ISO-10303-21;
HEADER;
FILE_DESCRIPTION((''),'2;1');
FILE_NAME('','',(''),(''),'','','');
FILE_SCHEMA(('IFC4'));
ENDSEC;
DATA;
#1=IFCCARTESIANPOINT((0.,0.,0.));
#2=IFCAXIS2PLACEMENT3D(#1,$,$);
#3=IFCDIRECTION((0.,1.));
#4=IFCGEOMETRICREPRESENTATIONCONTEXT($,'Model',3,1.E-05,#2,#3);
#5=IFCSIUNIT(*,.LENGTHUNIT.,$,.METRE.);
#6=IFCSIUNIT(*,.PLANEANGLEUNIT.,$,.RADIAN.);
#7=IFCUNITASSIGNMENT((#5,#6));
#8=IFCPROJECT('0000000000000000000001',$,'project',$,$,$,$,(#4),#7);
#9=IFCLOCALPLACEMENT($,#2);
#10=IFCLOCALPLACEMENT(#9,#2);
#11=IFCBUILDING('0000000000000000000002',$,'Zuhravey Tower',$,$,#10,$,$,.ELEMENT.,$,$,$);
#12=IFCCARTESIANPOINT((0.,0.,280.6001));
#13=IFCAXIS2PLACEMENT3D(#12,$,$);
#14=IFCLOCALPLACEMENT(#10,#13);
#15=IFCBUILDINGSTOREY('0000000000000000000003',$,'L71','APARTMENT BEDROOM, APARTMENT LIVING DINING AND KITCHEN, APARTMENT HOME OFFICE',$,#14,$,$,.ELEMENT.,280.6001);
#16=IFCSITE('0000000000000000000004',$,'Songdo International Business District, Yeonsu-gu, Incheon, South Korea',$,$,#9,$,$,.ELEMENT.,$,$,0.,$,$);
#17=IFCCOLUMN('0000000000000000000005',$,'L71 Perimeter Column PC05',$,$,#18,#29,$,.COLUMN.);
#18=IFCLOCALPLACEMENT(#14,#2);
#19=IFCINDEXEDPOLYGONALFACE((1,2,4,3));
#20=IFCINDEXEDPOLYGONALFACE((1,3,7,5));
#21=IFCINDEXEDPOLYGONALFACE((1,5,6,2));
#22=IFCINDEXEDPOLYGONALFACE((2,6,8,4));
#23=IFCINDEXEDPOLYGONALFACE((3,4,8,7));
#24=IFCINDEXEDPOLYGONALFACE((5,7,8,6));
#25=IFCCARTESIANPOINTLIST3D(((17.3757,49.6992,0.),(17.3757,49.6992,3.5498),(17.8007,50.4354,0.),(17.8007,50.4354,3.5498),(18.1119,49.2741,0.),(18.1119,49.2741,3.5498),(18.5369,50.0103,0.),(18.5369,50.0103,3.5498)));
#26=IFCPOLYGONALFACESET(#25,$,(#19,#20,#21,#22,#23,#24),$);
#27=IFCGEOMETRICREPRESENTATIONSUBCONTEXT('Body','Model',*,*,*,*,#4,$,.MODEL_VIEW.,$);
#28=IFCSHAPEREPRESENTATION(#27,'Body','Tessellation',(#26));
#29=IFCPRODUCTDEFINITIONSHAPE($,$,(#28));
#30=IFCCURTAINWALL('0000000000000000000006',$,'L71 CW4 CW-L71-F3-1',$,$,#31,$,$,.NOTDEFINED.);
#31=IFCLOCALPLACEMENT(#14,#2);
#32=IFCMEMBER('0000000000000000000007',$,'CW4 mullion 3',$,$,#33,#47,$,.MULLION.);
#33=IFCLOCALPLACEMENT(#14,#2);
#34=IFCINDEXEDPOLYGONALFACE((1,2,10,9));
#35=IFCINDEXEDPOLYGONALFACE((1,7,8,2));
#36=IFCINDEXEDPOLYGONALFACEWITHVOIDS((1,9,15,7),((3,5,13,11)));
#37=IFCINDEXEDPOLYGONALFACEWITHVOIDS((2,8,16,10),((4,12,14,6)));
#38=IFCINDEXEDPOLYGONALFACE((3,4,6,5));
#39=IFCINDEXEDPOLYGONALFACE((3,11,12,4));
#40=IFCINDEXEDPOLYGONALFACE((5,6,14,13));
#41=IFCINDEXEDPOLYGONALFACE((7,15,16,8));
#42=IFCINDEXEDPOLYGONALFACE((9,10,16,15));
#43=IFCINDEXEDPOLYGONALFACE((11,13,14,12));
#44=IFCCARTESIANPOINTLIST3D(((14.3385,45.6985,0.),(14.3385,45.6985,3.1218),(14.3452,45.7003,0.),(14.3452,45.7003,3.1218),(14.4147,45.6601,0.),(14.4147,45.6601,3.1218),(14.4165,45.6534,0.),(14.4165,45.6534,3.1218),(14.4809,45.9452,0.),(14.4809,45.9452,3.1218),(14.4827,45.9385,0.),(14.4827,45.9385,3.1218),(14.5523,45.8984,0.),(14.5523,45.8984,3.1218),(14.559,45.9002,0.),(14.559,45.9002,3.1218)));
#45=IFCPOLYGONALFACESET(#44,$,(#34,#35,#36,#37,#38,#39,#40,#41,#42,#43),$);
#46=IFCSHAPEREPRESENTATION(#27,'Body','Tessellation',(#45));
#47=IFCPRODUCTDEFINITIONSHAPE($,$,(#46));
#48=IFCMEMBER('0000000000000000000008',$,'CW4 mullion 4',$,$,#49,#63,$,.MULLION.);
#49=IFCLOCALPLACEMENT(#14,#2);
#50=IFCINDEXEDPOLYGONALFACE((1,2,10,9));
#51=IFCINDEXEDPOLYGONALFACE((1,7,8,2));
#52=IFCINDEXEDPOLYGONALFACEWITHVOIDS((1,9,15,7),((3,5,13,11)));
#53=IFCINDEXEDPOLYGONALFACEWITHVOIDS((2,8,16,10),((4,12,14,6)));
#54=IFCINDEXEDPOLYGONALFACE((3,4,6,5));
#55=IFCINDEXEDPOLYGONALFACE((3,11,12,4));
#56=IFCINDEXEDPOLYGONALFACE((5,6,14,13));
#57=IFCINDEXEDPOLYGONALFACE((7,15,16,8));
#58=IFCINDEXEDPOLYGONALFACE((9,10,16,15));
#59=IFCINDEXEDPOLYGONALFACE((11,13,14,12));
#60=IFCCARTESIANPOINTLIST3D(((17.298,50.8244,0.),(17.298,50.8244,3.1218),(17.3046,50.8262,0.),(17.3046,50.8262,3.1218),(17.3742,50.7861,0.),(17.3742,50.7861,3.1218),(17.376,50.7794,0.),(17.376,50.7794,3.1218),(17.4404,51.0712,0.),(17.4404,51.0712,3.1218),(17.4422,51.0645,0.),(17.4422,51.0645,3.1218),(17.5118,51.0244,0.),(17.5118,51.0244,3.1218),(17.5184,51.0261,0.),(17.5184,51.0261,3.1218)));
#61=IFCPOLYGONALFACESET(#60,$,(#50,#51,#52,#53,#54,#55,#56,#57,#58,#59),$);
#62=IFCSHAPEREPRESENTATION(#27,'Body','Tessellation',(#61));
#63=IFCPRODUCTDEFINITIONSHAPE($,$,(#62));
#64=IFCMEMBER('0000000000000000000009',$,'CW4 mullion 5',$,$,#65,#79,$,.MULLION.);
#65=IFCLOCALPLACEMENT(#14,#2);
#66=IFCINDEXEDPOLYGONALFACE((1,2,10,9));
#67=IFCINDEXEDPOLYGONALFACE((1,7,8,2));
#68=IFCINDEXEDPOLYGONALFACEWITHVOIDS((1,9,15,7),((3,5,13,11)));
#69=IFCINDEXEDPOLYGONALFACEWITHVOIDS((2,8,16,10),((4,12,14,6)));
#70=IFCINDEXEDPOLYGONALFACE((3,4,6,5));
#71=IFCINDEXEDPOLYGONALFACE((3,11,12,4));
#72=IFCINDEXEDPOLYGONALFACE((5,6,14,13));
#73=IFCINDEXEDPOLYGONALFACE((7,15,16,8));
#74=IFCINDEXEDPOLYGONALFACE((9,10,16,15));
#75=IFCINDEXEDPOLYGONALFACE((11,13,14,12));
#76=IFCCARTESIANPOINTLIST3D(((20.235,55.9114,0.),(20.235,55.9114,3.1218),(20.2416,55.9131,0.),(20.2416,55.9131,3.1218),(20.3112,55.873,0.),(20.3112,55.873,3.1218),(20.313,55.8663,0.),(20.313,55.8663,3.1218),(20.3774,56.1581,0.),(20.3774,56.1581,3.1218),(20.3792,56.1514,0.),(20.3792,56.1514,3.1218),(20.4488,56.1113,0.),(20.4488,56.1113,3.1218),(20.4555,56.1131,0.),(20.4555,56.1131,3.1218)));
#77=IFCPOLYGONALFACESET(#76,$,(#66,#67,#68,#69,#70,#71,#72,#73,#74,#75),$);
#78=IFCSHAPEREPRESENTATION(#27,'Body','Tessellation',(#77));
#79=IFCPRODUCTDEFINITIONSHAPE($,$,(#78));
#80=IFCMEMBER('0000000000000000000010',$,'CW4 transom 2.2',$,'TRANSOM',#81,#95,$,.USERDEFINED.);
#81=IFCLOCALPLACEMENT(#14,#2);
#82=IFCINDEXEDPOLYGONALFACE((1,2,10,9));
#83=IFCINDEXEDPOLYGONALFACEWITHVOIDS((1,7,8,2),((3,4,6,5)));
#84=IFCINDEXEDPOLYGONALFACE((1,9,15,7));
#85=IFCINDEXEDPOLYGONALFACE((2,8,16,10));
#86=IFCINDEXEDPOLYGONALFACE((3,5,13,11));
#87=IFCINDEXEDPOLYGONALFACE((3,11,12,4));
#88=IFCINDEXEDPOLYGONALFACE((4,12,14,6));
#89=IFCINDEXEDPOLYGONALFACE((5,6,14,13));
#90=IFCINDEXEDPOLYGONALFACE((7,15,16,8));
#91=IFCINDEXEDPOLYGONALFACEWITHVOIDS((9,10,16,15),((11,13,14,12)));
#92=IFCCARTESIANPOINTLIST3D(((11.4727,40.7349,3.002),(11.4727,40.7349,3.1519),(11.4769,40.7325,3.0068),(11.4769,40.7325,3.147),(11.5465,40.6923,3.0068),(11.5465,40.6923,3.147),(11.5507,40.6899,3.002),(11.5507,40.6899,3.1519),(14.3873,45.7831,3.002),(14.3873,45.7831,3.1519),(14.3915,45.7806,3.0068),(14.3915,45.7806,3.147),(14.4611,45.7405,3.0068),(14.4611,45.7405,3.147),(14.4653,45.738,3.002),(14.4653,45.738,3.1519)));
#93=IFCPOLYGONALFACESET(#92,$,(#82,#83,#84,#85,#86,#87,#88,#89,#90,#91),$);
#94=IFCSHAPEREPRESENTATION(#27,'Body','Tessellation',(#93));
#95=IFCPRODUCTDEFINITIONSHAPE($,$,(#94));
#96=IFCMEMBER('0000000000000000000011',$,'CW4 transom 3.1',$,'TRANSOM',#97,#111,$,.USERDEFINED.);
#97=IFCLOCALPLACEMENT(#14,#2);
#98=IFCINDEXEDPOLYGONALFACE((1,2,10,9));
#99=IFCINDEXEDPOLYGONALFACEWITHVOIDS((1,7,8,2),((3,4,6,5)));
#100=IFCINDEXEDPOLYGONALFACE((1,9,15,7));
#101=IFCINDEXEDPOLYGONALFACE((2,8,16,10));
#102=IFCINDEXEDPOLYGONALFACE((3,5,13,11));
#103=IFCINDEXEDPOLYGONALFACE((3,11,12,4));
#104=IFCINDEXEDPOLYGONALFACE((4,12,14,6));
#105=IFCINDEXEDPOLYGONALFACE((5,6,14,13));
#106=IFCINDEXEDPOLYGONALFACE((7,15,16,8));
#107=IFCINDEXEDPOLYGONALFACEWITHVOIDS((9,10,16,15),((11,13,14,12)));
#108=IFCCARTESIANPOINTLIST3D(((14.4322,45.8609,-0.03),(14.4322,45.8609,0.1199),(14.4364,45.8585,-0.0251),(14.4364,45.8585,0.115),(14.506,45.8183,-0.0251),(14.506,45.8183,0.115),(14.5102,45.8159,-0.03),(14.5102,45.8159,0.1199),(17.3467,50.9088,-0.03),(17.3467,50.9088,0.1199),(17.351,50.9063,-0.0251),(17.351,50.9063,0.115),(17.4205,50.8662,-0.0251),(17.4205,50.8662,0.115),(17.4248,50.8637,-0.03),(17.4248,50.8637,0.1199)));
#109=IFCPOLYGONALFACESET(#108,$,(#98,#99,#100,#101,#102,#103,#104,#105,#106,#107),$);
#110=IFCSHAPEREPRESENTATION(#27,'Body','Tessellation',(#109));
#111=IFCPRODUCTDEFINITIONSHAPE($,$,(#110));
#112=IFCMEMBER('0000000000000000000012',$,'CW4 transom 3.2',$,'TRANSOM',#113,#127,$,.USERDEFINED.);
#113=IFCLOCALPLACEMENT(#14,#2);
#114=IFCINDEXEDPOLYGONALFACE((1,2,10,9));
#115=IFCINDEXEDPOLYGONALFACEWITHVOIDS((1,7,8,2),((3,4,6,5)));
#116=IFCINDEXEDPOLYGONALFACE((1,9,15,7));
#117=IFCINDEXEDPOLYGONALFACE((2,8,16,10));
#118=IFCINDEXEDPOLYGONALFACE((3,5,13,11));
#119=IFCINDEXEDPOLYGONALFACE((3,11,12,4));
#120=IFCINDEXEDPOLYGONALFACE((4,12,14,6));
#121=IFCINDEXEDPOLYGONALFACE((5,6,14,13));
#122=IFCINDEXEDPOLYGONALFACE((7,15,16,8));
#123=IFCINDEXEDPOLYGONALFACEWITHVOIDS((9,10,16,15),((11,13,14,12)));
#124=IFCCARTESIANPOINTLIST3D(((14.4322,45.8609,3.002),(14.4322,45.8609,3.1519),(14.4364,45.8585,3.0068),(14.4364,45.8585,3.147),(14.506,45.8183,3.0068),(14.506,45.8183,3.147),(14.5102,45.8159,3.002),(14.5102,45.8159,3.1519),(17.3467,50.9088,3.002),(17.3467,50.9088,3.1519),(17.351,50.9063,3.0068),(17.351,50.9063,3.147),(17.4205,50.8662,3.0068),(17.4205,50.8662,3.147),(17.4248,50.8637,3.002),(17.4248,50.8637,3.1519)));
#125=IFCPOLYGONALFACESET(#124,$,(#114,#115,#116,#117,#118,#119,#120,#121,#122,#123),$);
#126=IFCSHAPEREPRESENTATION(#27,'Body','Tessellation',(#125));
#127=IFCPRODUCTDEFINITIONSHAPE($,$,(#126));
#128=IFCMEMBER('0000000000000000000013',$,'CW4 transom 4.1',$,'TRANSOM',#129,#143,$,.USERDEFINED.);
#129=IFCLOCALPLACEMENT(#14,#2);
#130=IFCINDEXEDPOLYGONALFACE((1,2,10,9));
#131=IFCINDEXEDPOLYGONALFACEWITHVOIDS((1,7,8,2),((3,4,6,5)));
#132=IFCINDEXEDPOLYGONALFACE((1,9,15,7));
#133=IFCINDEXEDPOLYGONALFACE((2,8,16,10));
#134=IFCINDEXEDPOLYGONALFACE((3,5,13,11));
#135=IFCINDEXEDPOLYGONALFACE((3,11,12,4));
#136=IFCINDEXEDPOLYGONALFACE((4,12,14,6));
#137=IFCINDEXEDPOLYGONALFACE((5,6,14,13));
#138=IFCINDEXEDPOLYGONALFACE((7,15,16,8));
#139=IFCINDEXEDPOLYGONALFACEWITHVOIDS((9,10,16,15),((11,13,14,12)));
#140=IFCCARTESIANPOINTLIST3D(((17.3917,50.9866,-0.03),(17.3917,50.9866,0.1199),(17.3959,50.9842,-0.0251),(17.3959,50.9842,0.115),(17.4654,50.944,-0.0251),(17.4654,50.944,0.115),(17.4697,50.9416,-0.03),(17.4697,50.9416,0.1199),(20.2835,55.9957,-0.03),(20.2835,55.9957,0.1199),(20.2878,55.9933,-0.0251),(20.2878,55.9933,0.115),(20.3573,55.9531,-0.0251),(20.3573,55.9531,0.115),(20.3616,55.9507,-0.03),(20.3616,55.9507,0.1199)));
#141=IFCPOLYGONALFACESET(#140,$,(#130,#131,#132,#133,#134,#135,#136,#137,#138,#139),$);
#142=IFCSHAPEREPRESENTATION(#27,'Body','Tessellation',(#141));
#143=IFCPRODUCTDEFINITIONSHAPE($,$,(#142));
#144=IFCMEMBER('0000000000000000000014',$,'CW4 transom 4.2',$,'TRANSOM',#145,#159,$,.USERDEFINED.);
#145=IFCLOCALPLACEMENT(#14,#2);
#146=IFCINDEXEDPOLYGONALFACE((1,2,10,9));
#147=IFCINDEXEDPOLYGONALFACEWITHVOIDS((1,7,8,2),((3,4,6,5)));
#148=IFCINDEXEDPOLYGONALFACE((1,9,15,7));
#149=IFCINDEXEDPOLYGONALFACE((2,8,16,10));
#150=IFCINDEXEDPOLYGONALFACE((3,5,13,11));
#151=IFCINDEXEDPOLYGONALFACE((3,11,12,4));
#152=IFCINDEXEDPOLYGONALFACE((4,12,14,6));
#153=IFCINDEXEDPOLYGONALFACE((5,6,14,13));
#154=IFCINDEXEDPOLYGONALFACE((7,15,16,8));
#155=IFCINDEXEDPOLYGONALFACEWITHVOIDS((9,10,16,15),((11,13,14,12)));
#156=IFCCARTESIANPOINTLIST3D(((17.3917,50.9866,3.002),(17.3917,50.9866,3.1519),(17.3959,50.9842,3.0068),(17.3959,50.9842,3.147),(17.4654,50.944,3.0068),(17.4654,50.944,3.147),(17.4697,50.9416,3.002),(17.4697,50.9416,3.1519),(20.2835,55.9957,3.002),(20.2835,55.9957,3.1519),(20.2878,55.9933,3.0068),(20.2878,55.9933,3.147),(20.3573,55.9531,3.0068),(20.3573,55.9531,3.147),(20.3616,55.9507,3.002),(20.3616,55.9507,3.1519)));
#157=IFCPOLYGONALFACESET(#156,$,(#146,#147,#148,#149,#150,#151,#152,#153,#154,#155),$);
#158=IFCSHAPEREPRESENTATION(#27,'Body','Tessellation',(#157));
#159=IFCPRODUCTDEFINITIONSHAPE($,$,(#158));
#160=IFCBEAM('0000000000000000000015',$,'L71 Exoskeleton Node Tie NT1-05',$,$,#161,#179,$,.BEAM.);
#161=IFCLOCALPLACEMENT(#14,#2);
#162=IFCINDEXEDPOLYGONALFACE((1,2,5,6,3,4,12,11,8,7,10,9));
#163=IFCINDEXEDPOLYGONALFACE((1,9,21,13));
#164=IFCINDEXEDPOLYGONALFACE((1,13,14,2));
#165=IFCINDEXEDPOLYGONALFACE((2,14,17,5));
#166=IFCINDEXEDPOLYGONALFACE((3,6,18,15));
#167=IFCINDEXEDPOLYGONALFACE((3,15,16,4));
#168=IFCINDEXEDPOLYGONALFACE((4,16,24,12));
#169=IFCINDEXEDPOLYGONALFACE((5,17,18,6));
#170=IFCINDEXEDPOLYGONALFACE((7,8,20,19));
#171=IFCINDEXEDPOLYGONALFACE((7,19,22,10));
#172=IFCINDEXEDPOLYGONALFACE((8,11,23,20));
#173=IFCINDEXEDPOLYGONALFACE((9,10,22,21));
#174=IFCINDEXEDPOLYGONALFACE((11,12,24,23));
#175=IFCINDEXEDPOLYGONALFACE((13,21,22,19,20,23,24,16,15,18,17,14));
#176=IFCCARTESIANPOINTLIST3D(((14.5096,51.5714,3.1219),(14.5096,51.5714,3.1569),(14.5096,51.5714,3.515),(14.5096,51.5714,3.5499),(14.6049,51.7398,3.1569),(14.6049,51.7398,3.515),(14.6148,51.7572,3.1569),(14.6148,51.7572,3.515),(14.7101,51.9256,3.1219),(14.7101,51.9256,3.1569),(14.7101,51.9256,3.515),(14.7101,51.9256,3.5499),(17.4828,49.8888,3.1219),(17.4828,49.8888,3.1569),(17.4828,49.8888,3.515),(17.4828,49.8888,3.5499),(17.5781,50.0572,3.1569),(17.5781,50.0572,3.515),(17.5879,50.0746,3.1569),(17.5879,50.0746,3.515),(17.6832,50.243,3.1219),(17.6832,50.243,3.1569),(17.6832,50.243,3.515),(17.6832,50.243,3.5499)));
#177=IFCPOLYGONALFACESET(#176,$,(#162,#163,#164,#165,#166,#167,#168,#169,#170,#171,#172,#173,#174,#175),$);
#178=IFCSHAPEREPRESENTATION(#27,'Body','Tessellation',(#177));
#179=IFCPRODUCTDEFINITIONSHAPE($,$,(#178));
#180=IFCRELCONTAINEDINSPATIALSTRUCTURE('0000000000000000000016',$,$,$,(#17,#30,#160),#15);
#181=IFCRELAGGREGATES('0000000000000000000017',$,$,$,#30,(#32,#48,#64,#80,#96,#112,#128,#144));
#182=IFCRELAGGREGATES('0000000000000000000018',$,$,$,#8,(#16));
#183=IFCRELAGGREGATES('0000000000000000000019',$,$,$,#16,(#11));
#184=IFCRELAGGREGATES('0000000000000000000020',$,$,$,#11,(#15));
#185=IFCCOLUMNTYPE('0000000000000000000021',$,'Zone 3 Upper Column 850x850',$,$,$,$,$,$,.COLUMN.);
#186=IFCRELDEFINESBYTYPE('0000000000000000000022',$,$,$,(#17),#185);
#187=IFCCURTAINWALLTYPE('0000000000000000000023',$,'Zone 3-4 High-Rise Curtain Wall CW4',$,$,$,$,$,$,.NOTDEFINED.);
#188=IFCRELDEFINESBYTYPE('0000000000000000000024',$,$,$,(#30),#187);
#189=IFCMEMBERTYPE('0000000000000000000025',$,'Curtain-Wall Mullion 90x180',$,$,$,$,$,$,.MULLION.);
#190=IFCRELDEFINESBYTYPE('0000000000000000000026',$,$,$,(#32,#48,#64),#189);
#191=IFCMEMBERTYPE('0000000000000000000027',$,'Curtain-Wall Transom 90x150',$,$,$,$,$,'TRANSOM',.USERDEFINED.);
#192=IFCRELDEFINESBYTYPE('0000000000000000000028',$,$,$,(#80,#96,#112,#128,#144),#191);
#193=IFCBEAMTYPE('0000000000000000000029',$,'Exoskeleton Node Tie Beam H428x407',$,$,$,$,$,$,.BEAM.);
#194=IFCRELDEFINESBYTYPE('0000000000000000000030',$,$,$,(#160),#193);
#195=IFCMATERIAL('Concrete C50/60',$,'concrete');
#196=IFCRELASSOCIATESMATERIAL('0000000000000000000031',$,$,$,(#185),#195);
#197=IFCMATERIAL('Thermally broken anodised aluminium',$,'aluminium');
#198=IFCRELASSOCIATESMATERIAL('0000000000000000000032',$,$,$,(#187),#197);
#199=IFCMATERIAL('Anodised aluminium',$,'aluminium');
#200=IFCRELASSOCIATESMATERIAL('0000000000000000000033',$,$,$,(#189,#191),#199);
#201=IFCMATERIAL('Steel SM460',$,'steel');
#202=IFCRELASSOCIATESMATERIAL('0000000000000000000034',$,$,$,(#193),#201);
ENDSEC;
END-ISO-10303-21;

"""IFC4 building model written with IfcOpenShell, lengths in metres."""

from ifc_helpers import new_model, si_unit, direction, frame, origin, origin_2d, place, context, subcontext, project, spatial, rectangle, hollow_rectangle, i_section, extrude, material, material_profile, profile_set, type_object, element, aggregate, save


model = new_model("IFC4")

# Units and contexts
model_context = context("Model", 3, precision=1e-05, world=origin(), true_north=direction((0.0, 1.0)))
body_context = subcontext(model_context, "Body", "Model", "MODEL_VIEW")
ifc_project = project(units=[si_unit("LENGTHUNIT", "METRE"), si_unit("PLANEANGLEUNIT", "RADIAN")], contexts=[model_context])

# Site, building, storey
site_placement = place(None, origin())
site = spatial("IfcSite", under=ifc_project, at=site_placement, Name="Songdo International Business District, Yeonsu-gu, Incheon, South Korea", CompositionType="ELEMENT", RefElevation=0.0)
building_placement = place(site_placement, origin())
building = spatial("IfcBuilding", under=site, at=building_placement, Name="Zuhravey Tower", CompositionType="ELEMENT")
storey_placement = place(building_placement, frame((0.0, 0.0, 280.6001)))
storey = spatial("IfcBuildingStorey", under=building, at=storey_placement, Name="L71", Description="APARTMENT BEDROOM, APARTMENT LIVING DINING AND KITCHEN, APARTMENT HOME OFFICE", CompositionType="ELEMENT", Elevation=280.6001)

# Column
ifc_material_1 = material(Name="Concrete C50/60", Category="concrete")
ifc_material_profile_1 = material_profile(ifc_material_1, rectangle(XDim=0.8501, YDim=0.8501, at=origin_2d()), Name="RC-850x850")
ifc_profile_set_1 = profile_set([ifc_material_profile_1], Name="Concrete C50/60")
column_type = type_object("IfcColumnType", Name="Zone 3 Upper Column 850x850", PredefinedType="COLUMN", material=ifc_profile_set_1)
column_placement = place(storey_placement, frame((17.9563, 49.8547, 0.0), z_axis=(0.0, 0.0, 1.0), x_axis=(-0.5, -0.866025, 0.0)))
element("IfcColumn", 1, at=column_placement, inside=storey, type_object=column_type, Name="L71 Perimeter Column PC05", PredefinedType="COLUMN", context=body_context, shape_type="SweptSolid", body=[
    extrude(rectangle(XDim=0.8501, YDim=0.8501, at=origin_2d()), origin(), (0.0, 0.0, 1.0), 3.5498),
])

# Curtain wall, members
ifc_material_2 = material(Name="Thermally broken anodised aluminium", Category="aluminium")
curtain_wall_type = type_object("IfcCurtainWallType", Name="Zone 3-4 High-Rise Curtain Wall CW4", PredefinedType="NOTDEFINED", material=ifc_material_2)
curtain_wall_placement = place(storey_placement, origin())
curtain_wall = element("IfcCurtainWall", 2, at=curtain_wall_placement, inside=storey, type_object=curtain_wall_type, Name="L71 CW4 CW-L71-F3-1", PredefinedType="NOTDEFINED")
ifc_material_3 = material(Name="Anodised aluminium", Category="aluminium")
ifc_material_profile_2 = material_profile(ifc_material_3, hollow_rectangle(XDim=0.0901, YDim=0.2849, WallThickness=0.0049, at=origin_2d()), Name="ALU-RHS-90x285x5")
ifc_profile_set_2 = profile_set([ifc_material_profile_2], Name="Anodised aluminium")
member_type_1 = type_object("IfcMemberType", Name="Curtain-Wall Mullion 90x180", PredefinedType="MULLION", material=ifc_profile_set_2)
member_1_placement = place(storey_placement, frame((14.4487, 45.7993, 0.0), z_axis=(0.0, 0.0, 1.0), x_axis=(-0.866024, 0.500002, 0.0)))
member_1 = element("IfcMember", 3, at=member_1_placement, type_object=member_type_1, Name="CW4 mullion 3", PredefinedType="MULLION", context=body_context, shape_type="SweptSolid", body=[
    extrude(hollow_rectangle(XDim=0.0901, YDim=0.2849, WallThickness=0.0049, at=origin_2d()), origin(), (0.0, 0.0, 1.0), 3.1218),
])
member_2_placement = place(storey_placement, frame((17.4082, 50.9253, 0.0), z_axis=(0.0, 0.0, 1.0), x_axis=(-0.866024, 0.500002, 0.0)))
member_2 = element("IfcMember", 4, at=member_2_placement, type_object=member_type_1, Name="CW4 mullion 4", PredefinedType="MULLION", context=body_context, shape_type="SweptSolid", body=[
    extrude(hollow_rectangle(XDim=0.0901, YDim=0.2849, WallThickness=0.0049, at=origin_2d()), origin(), (0.0, 0.0, 1.0), 3.1218),
])
member_3_placement = place(storey_placement, frame((20.3452, 56.0122, 0.0), z_axis=(0.0, 0.0, 1.0), x_axis=(-0.866024, 0.500002, 0.0)))
member_3 = element("IfcMember", 5, at=member_3_placement, type_object=member_type_1, Name="CW4 mullion 5", PredefinedType="MULLION", context=body_context, shape_type="SweptSolid", body=[
    extrude(hollow_rectangle(XDim=0.0901, YDim=0.2849, WallThickness=0.0049, at=origin_2d()), origin(), (0.0, 0.0, 1.0), 3.1218),
])
ifc_material_profile_3 = material_profile(ifc_material_3, hollow_rectangle(XDim=0.0901, YDim=0.1499, WallThickness=0.0049, at=origin_2d()), Name="ALU-RHS-90x150x5")
ifc_profile_set_3 = profile_set([ifc_material_profile_3], Name="Anodised aluminium")
member_type_2 = type_object("IfcMemberType", Name="Curtain-Wall Transom 90x150", ElementType="TRANSOM", PredefinedType="USERDEFINED", material=ifc_profile_set_3)
member_4_placement = place(storey_placement, frame((11.5117, 40.7124, 3.0769), z_axis=(0.500004, 0.866023, 0.0), x_axis=(-0.866023, 0.500004, 0.0)))
member_4 = element("IfcMember", 6, at=member_4_placement, type_object=member_type_2, Name="CW4 transom 2.2", ObjectType="TRANSOM", PredefinedType="USERDEFINED", context=body_context, shape_type="SweptSolid", body=[
    extrude(hollow_rectangle(XDim=0.0901, YDim=0.1499, WallThickness=0.0049, at=origin_2d()), origin(), (0.0, 0.0, 1.0), 5.8291),
])
member_5_placement = place(storey_placement, frame((14.4712, 45.8384, 0.0449), z_axis=(0.500022, 0.866013, 0.0), x_axis=(-0.866013, 0.500022, 0.0)))
member_5 = element("IfcMember", 7, at=member_5_placement, type_object=member_type_2, Name="CW4 transom 3.1", ObjectType="TRANSOM", PredefinedType="USERDEFINED", context=body_context, shape_type="SweptSolid", body=[
    extrude(hollow_rectangle(XDim=0.0901, YDim=0.1499, WallThickness=0.0049, at=origin_2d()), origin(), (0.0, 0.0, 1.0), 5.8289),
])
member_6_placement = place(storey_placement, frame((14.4712, 45.8384, 3.0769), z_axis=(0.500022, 0.866013, 0.0), x_axis=(-0.866013, 0.500022, 0.0)))
member_6 = element("IfcMember", 8, at=member_6_placement, type_object=member_type_2, Name="CW4 transom 3.2", ObjectType="TRANSOM", PredefinedType="USERDEFINED", context=body_context, shape_type="SweptSolid", body=[
    extrude(hollow_rectangle(XDim=0.0901, YDim=0.1499, WallThickness=0.0049, at=origin_2d()), origin(), (0.0, 0.0, 1.0), 5.8289),
])
member_7_placement = place(storey_placement, frame((17.4307, 50.9641, 0.0449), z_axis=(0.499984, 0.866034, 0.0), x_axis=(-0.866034, 0.499984, 0.0)))
member_7 = element("IfcMember", 9, at=member_7_placement, type_object=member_type_2, Name="CW4 transom 4.1", ObjectType="TRANSOM", PredefinedType="USERDEFINED", context=body_context, shape_type="SweptSolid", body=[
    extrude(hollow_rectangle(XDim=0.0901, YDim=0.1499, WallThickness=0.0049, at=origin_2d()), origin(), (0.0, 0.0, 1.0), 5.7839),
])
member_8_placement = place(storey_placement, frame((17.4307, 50.9641, 3.0769), z_axis=(0.499984, 0.866034, 0.0), x_axis=(-0.866034, 0.499984, 0.0)))
member_8 = element("IfcMember", 10, at=member_8_placement, type_object=member_type_2, Name="CW4 transom 4.2", ObjectType="TRANSOM", PredefinedType="USERDEFINED", context=body_context, shape_type="SweptSolid", body=[
    extrude(hollow_rectangle(XDim=0.0901, YDim=0.1499, WallThickness=0.0049, at=origin_2d()), origin(), (0.0, 0.0, 1.0), 5.7839),
])

# Beam
ifc_material_4 = material(Name="Steel SM460", Category="steel")
ifc_material_profile_4 = material_profile(ifc_material_4, i_section(OverallWidth=0.407, OverallDepth=0.428, WebThickness=0.02, FlangeThickness=0.0349, at=origin_2d()), Name="H-428x407x20x35")
ifc_profile_set_4 = profile_set([ifc_material_profile_4], Name="Steel SM460")
beam_type_1 = type_object("IfcBeamType", Name="Exoskeleton Node Tie Beam H428x407", PredefinedType="BEAM", material=ifc_profile_set_4)
beam_1_placement = place(storey_placement, frame((17.583, 50.0659, 3.3359), z_axis=(-0.870294, 0.492533, 0.0), x_axis=(-0.492533, -0.870294, 0.0)))
element("IfcBeam", 11, at=beam_1_placement, inside=storey, type_object=beam_type_1, Name="L71 Exoskeleton Node Tie NT1-05", PredefinedType="BEAM", context=body_context, shape_type="SweptSolid", body=[
    extrude(i_section(OverallWidth=0.407, OverallDepth=0.428, WebThickness=0.02, FlangeThickness=0.0349, at=origin_2d()), origin(), (0.0, 0.0, 1.0), 3.4163),
])

aggregate(curtain_wall, [member_1, member_2, member_3, member_4, member_5, member_6, member_7, member_8])

save(model, "model.ifc")
